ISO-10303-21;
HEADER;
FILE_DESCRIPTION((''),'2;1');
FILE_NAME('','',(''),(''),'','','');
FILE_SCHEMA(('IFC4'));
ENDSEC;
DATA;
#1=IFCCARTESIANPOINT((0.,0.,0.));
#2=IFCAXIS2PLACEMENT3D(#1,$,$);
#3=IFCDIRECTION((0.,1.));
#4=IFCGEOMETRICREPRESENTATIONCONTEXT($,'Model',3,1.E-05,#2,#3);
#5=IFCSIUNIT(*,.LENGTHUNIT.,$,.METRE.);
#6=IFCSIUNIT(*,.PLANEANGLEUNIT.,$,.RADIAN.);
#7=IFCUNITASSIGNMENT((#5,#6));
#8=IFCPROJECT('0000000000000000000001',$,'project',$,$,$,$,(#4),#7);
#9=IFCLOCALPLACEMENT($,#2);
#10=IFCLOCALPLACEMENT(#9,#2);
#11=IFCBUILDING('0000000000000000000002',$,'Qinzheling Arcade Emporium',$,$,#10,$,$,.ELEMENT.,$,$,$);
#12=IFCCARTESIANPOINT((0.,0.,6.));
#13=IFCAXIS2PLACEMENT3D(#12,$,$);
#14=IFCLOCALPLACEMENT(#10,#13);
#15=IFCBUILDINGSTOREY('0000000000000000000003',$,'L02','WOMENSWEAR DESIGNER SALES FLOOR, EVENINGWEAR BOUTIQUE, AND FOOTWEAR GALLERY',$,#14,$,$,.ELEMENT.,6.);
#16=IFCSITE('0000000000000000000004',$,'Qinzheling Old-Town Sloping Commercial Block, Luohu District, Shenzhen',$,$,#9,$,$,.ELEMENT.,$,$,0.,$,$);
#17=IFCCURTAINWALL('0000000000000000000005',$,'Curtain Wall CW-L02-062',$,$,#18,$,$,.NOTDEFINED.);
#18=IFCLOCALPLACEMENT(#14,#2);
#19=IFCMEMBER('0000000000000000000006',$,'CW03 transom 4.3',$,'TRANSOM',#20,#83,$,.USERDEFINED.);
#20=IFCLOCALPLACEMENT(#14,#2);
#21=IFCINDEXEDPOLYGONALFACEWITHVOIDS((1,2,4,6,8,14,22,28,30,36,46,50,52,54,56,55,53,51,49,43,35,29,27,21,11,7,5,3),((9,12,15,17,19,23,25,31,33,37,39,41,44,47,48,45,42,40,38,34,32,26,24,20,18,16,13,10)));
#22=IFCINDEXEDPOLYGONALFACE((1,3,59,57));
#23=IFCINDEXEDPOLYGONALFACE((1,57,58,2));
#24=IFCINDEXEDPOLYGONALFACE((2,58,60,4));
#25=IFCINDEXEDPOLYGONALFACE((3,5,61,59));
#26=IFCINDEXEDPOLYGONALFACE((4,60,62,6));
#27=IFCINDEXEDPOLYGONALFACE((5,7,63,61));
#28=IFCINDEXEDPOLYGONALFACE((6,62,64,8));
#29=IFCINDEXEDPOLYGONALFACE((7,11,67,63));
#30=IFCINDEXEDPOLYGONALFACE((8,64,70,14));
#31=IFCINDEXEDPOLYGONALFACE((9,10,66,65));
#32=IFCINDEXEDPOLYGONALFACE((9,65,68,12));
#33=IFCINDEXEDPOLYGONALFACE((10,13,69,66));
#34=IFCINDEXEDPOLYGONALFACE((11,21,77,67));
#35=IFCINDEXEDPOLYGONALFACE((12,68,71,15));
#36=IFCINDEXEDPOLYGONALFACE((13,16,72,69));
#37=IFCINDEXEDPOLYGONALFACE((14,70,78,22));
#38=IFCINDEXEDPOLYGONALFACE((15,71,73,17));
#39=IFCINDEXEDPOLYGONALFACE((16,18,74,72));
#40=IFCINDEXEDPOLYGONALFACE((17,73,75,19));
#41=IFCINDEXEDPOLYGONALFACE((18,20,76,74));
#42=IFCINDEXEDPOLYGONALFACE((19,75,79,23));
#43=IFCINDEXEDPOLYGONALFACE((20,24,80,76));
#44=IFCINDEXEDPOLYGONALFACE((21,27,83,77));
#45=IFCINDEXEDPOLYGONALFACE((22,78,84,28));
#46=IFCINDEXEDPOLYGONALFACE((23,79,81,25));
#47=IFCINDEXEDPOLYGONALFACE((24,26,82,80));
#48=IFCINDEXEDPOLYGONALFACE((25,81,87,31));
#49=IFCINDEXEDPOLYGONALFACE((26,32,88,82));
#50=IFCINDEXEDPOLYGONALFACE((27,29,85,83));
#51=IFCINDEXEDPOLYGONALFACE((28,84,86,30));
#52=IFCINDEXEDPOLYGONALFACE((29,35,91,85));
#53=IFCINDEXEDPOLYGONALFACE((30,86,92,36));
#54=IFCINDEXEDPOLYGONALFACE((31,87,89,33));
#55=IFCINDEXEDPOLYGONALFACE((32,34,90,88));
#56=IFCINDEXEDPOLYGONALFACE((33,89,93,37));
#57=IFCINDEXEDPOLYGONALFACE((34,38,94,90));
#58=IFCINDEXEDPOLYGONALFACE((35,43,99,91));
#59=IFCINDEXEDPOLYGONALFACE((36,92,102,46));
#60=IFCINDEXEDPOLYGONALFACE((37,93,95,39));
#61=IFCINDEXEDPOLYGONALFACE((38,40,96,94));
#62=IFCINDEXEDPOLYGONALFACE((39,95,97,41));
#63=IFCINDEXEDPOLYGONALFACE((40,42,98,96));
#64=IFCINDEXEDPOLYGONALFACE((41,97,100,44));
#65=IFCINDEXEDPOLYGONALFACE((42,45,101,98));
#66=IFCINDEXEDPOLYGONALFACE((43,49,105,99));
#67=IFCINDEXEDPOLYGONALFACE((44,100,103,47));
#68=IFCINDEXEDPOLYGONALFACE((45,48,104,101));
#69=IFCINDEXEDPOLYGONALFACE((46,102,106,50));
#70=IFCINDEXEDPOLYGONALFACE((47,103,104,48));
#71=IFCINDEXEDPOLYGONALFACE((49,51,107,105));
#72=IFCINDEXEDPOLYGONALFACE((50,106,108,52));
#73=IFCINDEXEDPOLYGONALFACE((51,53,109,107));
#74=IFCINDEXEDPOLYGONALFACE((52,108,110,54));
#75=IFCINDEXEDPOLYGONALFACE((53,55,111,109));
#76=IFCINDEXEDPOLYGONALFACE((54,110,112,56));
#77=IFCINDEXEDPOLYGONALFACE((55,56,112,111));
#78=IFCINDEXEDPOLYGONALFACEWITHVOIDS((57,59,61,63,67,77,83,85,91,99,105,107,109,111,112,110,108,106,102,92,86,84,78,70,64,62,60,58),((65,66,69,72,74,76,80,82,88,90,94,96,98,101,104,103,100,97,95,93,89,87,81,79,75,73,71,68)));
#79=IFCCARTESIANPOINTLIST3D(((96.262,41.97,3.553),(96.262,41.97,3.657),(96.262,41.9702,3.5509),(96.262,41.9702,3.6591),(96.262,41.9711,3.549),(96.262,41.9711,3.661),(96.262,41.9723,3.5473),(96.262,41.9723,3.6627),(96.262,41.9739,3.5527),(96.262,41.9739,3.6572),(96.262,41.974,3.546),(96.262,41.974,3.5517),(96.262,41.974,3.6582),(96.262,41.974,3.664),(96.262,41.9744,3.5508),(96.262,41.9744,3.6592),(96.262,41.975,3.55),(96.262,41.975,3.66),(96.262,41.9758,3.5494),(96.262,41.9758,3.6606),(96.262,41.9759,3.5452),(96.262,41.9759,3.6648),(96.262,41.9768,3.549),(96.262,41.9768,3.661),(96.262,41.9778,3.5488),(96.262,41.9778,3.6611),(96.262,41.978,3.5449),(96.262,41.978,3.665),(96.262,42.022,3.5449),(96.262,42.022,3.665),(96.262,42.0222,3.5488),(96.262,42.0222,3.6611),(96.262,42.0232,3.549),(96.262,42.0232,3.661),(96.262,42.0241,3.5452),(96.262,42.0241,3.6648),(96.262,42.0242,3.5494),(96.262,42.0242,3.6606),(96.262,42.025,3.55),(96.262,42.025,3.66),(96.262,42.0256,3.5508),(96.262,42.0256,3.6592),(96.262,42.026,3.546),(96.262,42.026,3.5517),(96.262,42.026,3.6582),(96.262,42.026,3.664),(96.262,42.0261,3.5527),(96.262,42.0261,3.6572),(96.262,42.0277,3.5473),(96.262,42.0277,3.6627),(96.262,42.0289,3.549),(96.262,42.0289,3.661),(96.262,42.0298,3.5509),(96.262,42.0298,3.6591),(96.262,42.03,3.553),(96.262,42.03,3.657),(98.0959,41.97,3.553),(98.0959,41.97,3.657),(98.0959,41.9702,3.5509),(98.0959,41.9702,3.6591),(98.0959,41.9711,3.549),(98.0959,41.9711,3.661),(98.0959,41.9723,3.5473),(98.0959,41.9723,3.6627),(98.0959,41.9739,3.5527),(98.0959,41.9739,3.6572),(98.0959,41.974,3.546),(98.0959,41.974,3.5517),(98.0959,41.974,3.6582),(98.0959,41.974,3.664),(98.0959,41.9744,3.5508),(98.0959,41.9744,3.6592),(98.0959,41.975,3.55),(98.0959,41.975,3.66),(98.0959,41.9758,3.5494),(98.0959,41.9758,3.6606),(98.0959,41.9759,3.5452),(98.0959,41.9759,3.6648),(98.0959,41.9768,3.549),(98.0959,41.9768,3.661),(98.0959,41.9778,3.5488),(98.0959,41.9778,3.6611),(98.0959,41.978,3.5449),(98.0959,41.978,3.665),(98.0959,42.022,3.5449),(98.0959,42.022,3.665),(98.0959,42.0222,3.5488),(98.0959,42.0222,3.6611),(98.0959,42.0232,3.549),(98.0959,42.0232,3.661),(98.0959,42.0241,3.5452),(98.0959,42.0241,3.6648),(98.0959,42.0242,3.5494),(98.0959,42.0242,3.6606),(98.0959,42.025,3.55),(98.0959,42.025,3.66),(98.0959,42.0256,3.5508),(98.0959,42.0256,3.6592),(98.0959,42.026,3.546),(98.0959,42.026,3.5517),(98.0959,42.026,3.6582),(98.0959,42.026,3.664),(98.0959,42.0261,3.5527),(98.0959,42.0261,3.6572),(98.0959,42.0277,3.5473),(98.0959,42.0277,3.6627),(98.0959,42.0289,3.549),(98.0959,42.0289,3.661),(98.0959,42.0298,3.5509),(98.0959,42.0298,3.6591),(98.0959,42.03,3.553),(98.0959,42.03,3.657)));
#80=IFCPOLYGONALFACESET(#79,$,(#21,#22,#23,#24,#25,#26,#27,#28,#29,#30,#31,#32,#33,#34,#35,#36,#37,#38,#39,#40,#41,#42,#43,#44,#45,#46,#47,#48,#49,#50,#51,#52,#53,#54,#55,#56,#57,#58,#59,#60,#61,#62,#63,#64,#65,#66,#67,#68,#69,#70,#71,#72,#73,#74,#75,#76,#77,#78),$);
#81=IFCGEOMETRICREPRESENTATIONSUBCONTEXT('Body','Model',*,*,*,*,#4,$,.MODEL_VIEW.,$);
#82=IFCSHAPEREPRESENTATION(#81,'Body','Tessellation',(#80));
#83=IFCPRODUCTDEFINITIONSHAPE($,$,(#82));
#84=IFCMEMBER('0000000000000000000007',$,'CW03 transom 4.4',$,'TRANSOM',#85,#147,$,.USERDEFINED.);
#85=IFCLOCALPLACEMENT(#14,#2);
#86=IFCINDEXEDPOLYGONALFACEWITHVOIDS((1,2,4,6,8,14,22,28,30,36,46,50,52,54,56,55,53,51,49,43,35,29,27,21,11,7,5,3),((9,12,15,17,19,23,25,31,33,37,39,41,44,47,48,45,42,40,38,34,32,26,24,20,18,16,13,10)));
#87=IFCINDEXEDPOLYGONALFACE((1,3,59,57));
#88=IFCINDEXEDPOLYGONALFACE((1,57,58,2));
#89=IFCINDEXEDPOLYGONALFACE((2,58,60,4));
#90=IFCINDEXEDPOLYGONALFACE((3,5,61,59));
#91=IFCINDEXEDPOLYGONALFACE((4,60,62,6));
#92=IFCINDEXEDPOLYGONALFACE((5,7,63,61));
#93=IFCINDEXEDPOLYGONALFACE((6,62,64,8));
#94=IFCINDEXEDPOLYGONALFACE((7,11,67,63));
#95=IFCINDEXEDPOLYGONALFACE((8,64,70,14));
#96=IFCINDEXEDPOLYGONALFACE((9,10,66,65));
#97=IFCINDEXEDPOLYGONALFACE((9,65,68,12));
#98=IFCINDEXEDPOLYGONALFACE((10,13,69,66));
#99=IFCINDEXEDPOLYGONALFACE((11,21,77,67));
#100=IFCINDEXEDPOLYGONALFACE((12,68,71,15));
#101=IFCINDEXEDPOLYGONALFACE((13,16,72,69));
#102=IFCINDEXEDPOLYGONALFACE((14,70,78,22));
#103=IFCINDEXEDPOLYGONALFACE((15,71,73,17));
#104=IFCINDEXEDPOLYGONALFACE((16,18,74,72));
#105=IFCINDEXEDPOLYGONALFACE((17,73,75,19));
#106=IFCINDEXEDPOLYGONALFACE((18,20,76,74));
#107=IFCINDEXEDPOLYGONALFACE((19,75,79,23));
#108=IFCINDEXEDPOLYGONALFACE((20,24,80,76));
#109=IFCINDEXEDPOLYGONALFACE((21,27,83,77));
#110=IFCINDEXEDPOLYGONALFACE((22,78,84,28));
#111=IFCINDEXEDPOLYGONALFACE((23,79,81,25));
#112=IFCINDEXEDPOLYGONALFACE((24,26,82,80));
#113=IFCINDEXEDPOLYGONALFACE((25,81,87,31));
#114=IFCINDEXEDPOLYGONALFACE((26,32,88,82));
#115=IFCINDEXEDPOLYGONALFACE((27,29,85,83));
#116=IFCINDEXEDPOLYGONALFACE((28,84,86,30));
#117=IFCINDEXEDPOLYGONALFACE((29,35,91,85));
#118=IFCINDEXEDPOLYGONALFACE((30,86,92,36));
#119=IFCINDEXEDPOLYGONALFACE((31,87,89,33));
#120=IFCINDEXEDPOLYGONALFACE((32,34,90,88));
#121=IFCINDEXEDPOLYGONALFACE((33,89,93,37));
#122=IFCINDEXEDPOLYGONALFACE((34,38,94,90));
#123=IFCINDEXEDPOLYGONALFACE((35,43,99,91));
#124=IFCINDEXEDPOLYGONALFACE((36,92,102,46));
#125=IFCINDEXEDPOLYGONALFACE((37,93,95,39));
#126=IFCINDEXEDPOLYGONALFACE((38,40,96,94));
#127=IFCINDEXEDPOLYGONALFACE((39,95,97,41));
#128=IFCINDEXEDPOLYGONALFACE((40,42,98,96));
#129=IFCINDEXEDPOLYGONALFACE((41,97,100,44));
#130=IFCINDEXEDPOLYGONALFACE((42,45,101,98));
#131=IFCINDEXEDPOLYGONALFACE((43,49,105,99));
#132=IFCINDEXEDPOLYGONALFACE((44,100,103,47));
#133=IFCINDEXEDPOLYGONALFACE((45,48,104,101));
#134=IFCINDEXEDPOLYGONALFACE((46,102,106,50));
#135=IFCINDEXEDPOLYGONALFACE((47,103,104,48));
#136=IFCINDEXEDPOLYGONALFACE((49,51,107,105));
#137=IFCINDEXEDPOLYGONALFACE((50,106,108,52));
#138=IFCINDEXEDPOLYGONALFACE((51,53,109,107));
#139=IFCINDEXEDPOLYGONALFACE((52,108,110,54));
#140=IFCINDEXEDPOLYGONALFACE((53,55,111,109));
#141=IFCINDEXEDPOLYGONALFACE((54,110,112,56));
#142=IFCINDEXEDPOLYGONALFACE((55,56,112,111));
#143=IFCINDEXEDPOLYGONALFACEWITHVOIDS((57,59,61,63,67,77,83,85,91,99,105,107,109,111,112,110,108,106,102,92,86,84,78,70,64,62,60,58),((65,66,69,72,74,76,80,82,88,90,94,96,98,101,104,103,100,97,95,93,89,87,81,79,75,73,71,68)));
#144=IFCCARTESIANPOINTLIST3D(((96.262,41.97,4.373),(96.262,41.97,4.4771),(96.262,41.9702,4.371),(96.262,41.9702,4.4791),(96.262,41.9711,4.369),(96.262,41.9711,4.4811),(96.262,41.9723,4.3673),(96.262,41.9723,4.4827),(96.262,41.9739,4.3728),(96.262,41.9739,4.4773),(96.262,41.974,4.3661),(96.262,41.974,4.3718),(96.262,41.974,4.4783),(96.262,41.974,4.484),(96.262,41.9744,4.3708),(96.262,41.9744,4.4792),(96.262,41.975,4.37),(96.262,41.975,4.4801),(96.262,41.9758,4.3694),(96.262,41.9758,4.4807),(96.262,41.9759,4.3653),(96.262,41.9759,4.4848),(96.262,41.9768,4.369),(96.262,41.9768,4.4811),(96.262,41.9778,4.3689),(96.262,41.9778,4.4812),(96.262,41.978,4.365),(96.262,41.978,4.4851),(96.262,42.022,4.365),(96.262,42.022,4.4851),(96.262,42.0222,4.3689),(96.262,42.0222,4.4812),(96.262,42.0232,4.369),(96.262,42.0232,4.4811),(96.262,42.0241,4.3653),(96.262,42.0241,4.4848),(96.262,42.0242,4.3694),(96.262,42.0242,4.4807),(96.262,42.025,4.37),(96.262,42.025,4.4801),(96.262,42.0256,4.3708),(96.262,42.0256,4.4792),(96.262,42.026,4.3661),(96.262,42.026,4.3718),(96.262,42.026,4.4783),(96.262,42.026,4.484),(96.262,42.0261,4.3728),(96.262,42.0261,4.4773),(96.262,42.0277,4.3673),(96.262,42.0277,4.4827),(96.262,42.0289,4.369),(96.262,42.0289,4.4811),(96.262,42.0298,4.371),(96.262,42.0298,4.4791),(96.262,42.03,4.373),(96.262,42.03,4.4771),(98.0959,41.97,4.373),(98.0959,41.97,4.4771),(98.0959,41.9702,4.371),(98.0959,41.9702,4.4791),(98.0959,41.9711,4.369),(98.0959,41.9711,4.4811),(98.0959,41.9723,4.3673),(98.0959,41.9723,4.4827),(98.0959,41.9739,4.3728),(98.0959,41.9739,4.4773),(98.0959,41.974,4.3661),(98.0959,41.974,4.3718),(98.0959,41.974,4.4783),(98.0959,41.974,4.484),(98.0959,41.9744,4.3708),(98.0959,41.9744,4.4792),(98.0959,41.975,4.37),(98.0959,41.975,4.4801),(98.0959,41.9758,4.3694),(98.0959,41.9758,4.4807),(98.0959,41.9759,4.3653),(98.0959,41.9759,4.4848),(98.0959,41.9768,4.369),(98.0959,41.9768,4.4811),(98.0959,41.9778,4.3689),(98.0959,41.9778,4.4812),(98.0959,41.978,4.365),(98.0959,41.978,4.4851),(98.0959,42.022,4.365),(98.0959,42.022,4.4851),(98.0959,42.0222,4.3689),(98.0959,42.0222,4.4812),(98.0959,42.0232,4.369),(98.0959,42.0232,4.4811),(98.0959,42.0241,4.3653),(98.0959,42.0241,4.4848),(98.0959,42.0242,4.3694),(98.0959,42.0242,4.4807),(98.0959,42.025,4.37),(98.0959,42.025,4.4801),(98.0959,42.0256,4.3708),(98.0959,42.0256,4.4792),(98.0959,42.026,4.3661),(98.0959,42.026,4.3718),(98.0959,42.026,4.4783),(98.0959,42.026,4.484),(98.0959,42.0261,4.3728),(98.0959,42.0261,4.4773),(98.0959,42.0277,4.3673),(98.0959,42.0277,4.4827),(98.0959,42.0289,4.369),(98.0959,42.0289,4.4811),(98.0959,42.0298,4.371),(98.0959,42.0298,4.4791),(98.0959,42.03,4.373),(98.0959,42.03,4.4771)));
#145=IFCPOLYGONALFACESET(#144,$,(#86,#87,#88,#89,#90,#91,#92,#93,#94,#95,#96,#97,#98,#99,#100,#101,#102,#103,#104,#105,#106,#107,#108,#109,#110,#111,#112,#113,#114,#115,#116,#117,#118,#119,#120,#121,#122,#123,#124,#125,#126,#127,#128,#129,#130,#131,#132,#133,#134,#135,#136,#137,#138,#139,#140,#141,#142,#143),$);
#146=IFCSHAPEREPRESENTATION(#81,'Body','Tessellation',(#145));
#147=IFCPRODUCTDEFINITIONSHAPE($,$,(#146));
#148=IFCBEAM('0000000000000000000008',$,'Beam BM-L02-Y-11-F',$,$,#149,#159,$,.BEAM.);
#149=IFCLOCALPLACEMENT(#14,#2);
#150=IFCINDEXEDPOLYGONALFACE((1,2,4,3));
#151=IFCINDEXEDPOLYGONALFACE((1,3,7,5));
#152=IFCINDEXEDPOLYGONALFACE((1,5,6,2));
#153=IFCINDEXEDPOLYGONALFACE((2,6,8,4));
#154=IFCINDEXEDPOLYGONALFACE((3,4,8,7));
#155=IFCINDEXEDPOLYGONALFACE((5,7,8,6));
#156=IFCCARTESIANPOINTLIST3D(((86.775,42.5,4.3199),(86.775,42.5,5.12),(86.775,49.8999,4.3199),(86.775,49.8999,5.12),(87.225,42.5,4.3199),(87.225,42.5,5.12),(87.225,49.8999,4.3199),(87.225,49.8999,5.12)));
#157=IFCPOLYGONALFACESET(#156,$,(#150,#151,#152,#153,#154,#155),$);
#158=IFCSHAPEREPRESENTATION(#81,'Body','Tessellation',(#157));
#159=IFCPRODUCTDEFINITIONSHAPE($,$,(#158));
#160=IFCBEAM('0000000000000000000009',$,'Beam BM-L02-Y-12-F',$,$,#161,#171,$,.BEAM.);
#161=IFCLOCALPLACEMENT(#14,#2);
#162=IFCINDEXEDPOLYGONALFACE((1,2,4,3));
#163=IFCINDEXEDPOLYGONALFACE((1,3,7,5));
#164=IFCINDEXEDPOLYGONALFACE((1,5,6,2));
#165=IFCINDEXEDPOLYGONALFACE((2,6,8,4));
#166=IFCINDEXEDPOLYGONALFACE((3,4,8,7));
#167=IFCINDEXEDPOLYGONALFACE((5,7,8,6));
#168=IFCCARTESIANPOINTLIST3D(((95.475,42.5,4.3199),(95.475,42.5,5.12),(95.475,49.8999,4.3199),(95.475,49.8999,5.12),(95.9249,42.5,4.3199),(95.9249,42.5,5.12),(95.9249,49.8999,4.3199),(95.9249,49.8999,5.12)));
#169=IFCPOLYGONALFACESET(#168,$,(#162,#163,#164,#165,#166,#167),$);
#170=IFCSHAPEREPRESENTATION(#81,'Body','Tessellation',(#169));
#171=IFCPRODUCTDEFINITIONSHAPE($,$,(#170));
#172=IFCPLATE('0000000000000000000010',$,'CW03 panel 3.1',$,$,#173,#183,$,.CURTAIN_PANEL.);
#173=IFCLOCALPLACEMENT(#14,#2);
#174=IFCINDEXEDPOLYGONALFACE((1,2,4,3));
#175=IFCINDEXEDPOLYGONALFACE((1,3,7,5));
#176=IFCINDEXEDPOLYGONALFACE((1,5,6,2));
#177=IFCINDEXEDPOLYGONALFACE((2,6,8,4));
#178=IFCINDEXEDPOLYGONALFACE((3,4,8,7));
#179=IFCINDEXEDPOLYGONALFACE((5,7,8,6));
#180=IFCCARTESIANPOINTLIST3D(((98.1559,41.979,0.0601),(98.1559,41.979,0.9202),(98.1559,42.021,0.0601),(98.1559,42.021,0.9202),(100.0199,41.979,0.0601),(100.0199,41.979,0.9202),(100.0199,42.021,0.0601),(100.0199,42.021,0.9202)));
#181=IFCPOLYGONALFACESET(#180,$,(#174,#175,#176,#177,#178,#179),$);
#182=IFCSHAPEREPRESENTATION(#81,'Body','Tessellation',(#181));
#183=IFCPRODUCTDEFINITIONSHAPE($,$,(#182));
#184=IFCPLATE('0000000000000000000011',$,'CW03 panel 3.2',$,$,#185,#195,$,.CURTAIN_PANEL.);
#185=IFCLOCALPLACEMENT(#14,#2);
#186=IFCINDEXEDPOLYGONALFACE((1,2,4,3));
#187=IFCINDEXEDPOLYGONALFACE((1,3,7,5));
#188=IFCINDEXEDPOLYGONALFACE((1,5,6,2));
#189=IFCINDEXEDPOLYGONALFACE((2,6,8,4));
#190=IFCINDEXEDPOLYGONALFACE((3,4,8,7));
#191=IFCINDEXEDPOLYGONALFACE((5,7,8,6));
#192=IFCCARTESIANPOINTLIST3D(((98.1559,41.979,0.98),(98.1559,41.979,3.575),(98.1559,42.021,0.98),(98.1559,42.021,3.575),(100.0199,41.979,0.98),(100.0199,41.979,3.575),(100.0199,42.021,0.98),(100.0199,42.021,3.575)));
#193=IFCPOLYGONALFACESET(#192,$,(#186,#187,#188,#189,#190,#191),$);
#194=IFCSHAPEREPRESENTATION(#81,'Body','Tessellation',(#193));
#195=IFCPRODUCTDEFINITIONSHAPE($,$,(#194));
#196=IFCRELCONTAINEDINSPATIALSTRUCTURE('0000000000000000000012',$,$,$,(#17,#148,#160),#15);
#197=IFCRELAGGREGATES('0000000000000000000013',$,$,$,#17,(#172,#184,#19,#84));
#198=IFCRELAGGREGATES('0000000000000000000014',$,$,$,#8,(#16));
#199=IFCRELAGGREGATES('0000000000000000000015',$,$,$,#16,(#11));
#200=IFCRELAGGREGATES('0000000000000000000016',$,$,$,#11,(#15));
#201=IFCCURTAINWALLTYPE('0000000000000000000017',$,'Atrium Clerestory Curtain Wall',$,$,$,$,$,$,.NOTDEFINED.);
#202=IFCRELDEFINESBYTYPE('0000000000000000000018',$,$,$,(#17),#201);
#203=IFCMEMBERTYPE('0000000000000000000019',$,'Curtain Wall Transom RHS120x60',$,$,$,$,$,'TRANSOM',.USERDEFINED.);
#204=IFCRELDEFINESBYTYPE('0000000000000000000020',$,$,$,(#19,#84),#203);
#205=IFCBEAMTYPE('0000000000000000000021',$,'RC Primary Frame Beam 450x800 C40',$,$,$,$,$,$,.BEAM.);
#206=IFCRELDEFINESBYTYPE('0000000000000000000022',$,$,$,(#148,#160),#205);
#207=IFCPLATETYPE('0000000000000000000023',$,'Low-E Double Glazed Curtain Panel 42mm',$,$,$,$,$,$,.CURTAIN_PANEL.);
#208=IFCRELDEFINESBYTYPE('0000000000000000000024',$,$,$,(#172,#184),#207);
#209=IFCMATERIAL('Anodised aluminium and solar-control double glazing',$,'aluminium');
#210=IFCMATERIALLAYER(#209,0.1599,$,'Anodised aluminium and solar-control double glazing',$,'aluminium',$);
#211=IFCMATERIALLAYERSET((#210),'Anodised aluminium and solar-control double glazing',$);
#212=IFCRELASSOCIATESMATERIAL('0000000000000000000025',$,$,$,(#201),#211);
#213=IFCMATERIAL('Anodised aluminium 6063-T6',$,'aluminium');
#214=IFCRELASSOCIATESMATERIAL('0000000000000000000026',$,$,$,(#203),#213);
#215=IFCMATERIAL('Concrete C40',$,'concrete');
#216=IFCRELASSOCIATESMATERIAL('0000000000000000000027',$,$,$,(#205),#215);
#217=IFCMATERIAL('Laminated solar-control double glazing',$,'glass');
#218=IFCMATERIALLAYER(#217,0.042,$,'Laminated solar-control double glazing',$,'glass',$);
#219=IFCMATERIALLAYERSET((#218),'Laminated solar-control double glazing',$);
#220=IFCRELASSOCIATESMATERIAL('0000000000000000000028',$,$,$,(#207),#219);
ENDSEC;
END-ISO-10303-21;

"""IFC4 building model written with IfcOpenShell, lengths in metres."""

from ifc_helpers import new_model, si_unit, direction, frame, origin, origin_2d, place, context, subcontext, project, spatial, rectangle, hollow_rectangle, extrude, material, layer, layer_set, material_profile, profile_set, type_object, element, aggregate, save


model = new_model("IFC4")

# Units and contexts
model_context = context("Model", 3, precision=1e-05, world=origin(), true_north=direction((0.0, 1.0)))
body_context = subcontext(model_context, "Body", "Model", "MODEL_VIEW")
ifc_project = project(units=[si_unit("LENGTHUNIT", "METRE"), si_unit("PLANEANGLEUNIT", "RADIAN")], contexts=[model_context])

# Site, building, storey
site_placement = place(None, origin())
site = spatial("IfcSite", under=ifc_project, at=site_placement, Name="Qinzheling Old-Town Sloping Commercial Block, Luohu District, Shenzhen", CompositionType="ELEMENT", RefElevation=0.0)
building_placement = place(site_placement, origin())
building = spatial("IfcBuilding", under=site, at=building_placement, Name="Qinzheling Arcade Emporium", CompositionType="ELEMENT")
storey_placement = place(building_placement, frame((0.0, 0.0, 6.0)))
storey = spatial("IfcBuildingStorey", under=building, at=storey_placement, Name="L02", Description="WOMENSWEAR DESIGNER SALES FLOOR, EVENINGWEAR BOUTIQUE, AND FOOTWEAR GALLERY", CompositionType="ELEMENT", Elevation=6.0)

# Curtain wall, members
ifc_material_1 = material(Name="Anodised aluminium and solar-control double glazing", Category="aluminium")
ifc_layer_1 = layer(ifc_material_1, 0.1599, Name="Anodised aluminium and solar-control double glazing", Category="aluminium")
ifc_layer_set_1 = layer_set([ifc_layer_1], Name="Anodised aluminium and solar-control double glazing")
curtain_wall_type = type_object("IfcCurtainWallType", Name="Atrium Clerestory Curtain Wall", PredefinedType="NOTDEFINED", material=ifc_layer_set_1)
curtain_wall_placement = place(storey_placement, origin())
curtain_wall = element("IfcCurtainWall", 1, at=curtain_wall_placement, inside=storey, type_object=curtain_wall_type, Name="Curtain Wall CW-L02-062", PredefinedType="NOTDEFINED")
ifc_material_2 = material(Name="Anodised aluminium 6063-T6", Category="aluminium")
ifc_material_profile_1 = material_profile(ifc_material_2, hollow_rectangle(XDim=0.0601, YDim=0.1201, WallThickness=0.0039, InnerFilletRadius=0.0039, OuterFilletRadius=0.0081, at=origin_2d()), Name="RHS 120x60x4", Category="aluminium")
ifc_profile_set_1 = profile_set([ifc_material_profile_1], Name="Anodised aluminium 6063-T6")
member_type_1 = type_object("IfcMemberType", Name="Curtain Wall Transom RHS120x60", ElementType="TRANSOM", PredefinedType="USERDEFINED", material=ifc_profile_set_1)
member_1_placement = place(storey_placement, frame((98.0959, 42.0, 3.605), z_axis=(-1.0, 0.0, 0.0), x_axis=(0.0, -1.0, 0.0)))
member_1 = element("IfcMember", 2, at=member_1_placement, type_object=member_type_1, Name="CW03 transom 4.3", ObjectType="TRANSOM", PredefinedType="USERDEFINED", context=body_context, shape_type="SweptSolid", body=[
    extrude(hollow_rectangle(XDim=0.0601, YDim=0.1201, WallThickness=0.0039, InnerFilletRadius=0.0039, OuterFilletRadius=0.0081, at=origin_2d()), origin(), (0.0, 0.0, 1.0), 1.834),
])
member_2_placement = place(storey_placement, frame((98.0959, 42.0, 4.425), z_axis=(-1.0, 0.0, 0.0), x_axis=(0.0, -1.0, 0.0)))
member_2 = element("IfcMember", 3, at=member_2_placement, type_object=member_type_1, Name="CW03 transom 4.4", ObjectType="TRANSOM", PredefinedType="USERDEFINED", context=body_context, shape_type="SweptSolid", body=[
    extrude(hollow_rectangle(XDim=0.0601, YDim=0.1201, WallThickness=0.0039, InnerFilletRadius=0.0039, OuterFilletRadius=0.0081, at=origin_2d()), origin(), (0.0, 0.0, 1.0), 1.834),
])

# Beams
ifc_material_3 = material(Name="Concrete C40", Category="concrete")
ifc_material_profile_2 = material_profile(ifc_material_3, rectangle(XDim=0.45, YDim=0.8, at=origin_2d()), Name="RC 450x800", Category="concrete")
ifc_profile_set_2 = profile_set([ifc_material_profile_2], Name="Concrete C40")
beam_type = type_object("IfcBeamType", Name="RC Primary Frame Beam 450x800 C40", PredefinedType="BEAM", material=ifc_profile_set_2)
for number, where, z_axis, x_axis, name in (
    (4, (87.0, 42.5, 4.72), (0.0, 1.0, 0.0), (-1.0, 0.0, 0.0), "Beam BM-L02-Y-11-F"),
    (5, (95.7, 42.5, 4.72), (0.0, 1.0, 0.0), (-1.0, 0.0, 0.0), "Beam BM-L02-Y-12-F"),
):
    element("IfcBeam", number, at=place(storey_placement, frame(where, z_axis=z_axis, x_axis=x_axis)), inside=storey, type_object=beam_type, Name=name, PredefinedType="BEAM", context=body_context, shape_type="SweptSolid", body=[
        extrude(rectangle(XDim=0.45, YDim=0.8, at=origin_2d()), origin(), (0.0, 0.0, 1.0), 7.3999),
    ])

# Plates
ifc_material_4 = material(Name="Laminated solar-control double glazing", Category="glass")
ifc_layer_2 = layer(ifc_material_4, 0.042, Name="Laminated solar-control double glazing", Category="glass")
ifc_layer_set_2 = layer_set([ifc_layer_2], Name="Laminated solar-control double glazing")
plate_type_1 = type_object("IfcPlateType", Name="Low-E Double Glazed Curtain Panel 42mm", PredefinedType="CURTAIN_PANEL", material=ifc_layer_set_2)
plate_1_placement = place(storey_placement, frame((99.0879, 42.0, 0.0601), z_axis=(0.0, 0.0, 1.0), x_axis=(-1.0, 0.0, 0.0)))
plate_1 = element("IfcPlate", 6, at=plate_1_placement, type_object=plate_type_1, Name="CW03 panel 3.1", PredefinedType="CURTAIN_PANEL", context=body_context, shape_type="SweptSolid", body=[
    extrude(rectangle(XDim=1.864, YDim=0.042, at=origin_2d()), origin(), (0.0, 0.0, 1.0), 0.8601),
])
plate_2_placement = place(storey_placement, frame((99.0879, 42.0, 0.98), z_axis=(0.0, 0.0, 1.0), x_axis=(-1.0, 0.0, 0.0)))
plate_2 = element("IfcPlate", 7, at=plate_2_placement, type_object=plate_type_1, Name="CW03 panel 3.2", PredefinedType="CURTAIN_PANEL", context=body_context, shape_type="SweptSolid", body=[
    extrude(rectangle(XDim=1.864, YDim=0.042, at=origin_2d()), origin(), (0.0, 0.0, 1.0), 2.595),
])
aggregate(curtain_wall, [plate_1, plate_2, member_1, member_2])

save(model, "model.ifc")
